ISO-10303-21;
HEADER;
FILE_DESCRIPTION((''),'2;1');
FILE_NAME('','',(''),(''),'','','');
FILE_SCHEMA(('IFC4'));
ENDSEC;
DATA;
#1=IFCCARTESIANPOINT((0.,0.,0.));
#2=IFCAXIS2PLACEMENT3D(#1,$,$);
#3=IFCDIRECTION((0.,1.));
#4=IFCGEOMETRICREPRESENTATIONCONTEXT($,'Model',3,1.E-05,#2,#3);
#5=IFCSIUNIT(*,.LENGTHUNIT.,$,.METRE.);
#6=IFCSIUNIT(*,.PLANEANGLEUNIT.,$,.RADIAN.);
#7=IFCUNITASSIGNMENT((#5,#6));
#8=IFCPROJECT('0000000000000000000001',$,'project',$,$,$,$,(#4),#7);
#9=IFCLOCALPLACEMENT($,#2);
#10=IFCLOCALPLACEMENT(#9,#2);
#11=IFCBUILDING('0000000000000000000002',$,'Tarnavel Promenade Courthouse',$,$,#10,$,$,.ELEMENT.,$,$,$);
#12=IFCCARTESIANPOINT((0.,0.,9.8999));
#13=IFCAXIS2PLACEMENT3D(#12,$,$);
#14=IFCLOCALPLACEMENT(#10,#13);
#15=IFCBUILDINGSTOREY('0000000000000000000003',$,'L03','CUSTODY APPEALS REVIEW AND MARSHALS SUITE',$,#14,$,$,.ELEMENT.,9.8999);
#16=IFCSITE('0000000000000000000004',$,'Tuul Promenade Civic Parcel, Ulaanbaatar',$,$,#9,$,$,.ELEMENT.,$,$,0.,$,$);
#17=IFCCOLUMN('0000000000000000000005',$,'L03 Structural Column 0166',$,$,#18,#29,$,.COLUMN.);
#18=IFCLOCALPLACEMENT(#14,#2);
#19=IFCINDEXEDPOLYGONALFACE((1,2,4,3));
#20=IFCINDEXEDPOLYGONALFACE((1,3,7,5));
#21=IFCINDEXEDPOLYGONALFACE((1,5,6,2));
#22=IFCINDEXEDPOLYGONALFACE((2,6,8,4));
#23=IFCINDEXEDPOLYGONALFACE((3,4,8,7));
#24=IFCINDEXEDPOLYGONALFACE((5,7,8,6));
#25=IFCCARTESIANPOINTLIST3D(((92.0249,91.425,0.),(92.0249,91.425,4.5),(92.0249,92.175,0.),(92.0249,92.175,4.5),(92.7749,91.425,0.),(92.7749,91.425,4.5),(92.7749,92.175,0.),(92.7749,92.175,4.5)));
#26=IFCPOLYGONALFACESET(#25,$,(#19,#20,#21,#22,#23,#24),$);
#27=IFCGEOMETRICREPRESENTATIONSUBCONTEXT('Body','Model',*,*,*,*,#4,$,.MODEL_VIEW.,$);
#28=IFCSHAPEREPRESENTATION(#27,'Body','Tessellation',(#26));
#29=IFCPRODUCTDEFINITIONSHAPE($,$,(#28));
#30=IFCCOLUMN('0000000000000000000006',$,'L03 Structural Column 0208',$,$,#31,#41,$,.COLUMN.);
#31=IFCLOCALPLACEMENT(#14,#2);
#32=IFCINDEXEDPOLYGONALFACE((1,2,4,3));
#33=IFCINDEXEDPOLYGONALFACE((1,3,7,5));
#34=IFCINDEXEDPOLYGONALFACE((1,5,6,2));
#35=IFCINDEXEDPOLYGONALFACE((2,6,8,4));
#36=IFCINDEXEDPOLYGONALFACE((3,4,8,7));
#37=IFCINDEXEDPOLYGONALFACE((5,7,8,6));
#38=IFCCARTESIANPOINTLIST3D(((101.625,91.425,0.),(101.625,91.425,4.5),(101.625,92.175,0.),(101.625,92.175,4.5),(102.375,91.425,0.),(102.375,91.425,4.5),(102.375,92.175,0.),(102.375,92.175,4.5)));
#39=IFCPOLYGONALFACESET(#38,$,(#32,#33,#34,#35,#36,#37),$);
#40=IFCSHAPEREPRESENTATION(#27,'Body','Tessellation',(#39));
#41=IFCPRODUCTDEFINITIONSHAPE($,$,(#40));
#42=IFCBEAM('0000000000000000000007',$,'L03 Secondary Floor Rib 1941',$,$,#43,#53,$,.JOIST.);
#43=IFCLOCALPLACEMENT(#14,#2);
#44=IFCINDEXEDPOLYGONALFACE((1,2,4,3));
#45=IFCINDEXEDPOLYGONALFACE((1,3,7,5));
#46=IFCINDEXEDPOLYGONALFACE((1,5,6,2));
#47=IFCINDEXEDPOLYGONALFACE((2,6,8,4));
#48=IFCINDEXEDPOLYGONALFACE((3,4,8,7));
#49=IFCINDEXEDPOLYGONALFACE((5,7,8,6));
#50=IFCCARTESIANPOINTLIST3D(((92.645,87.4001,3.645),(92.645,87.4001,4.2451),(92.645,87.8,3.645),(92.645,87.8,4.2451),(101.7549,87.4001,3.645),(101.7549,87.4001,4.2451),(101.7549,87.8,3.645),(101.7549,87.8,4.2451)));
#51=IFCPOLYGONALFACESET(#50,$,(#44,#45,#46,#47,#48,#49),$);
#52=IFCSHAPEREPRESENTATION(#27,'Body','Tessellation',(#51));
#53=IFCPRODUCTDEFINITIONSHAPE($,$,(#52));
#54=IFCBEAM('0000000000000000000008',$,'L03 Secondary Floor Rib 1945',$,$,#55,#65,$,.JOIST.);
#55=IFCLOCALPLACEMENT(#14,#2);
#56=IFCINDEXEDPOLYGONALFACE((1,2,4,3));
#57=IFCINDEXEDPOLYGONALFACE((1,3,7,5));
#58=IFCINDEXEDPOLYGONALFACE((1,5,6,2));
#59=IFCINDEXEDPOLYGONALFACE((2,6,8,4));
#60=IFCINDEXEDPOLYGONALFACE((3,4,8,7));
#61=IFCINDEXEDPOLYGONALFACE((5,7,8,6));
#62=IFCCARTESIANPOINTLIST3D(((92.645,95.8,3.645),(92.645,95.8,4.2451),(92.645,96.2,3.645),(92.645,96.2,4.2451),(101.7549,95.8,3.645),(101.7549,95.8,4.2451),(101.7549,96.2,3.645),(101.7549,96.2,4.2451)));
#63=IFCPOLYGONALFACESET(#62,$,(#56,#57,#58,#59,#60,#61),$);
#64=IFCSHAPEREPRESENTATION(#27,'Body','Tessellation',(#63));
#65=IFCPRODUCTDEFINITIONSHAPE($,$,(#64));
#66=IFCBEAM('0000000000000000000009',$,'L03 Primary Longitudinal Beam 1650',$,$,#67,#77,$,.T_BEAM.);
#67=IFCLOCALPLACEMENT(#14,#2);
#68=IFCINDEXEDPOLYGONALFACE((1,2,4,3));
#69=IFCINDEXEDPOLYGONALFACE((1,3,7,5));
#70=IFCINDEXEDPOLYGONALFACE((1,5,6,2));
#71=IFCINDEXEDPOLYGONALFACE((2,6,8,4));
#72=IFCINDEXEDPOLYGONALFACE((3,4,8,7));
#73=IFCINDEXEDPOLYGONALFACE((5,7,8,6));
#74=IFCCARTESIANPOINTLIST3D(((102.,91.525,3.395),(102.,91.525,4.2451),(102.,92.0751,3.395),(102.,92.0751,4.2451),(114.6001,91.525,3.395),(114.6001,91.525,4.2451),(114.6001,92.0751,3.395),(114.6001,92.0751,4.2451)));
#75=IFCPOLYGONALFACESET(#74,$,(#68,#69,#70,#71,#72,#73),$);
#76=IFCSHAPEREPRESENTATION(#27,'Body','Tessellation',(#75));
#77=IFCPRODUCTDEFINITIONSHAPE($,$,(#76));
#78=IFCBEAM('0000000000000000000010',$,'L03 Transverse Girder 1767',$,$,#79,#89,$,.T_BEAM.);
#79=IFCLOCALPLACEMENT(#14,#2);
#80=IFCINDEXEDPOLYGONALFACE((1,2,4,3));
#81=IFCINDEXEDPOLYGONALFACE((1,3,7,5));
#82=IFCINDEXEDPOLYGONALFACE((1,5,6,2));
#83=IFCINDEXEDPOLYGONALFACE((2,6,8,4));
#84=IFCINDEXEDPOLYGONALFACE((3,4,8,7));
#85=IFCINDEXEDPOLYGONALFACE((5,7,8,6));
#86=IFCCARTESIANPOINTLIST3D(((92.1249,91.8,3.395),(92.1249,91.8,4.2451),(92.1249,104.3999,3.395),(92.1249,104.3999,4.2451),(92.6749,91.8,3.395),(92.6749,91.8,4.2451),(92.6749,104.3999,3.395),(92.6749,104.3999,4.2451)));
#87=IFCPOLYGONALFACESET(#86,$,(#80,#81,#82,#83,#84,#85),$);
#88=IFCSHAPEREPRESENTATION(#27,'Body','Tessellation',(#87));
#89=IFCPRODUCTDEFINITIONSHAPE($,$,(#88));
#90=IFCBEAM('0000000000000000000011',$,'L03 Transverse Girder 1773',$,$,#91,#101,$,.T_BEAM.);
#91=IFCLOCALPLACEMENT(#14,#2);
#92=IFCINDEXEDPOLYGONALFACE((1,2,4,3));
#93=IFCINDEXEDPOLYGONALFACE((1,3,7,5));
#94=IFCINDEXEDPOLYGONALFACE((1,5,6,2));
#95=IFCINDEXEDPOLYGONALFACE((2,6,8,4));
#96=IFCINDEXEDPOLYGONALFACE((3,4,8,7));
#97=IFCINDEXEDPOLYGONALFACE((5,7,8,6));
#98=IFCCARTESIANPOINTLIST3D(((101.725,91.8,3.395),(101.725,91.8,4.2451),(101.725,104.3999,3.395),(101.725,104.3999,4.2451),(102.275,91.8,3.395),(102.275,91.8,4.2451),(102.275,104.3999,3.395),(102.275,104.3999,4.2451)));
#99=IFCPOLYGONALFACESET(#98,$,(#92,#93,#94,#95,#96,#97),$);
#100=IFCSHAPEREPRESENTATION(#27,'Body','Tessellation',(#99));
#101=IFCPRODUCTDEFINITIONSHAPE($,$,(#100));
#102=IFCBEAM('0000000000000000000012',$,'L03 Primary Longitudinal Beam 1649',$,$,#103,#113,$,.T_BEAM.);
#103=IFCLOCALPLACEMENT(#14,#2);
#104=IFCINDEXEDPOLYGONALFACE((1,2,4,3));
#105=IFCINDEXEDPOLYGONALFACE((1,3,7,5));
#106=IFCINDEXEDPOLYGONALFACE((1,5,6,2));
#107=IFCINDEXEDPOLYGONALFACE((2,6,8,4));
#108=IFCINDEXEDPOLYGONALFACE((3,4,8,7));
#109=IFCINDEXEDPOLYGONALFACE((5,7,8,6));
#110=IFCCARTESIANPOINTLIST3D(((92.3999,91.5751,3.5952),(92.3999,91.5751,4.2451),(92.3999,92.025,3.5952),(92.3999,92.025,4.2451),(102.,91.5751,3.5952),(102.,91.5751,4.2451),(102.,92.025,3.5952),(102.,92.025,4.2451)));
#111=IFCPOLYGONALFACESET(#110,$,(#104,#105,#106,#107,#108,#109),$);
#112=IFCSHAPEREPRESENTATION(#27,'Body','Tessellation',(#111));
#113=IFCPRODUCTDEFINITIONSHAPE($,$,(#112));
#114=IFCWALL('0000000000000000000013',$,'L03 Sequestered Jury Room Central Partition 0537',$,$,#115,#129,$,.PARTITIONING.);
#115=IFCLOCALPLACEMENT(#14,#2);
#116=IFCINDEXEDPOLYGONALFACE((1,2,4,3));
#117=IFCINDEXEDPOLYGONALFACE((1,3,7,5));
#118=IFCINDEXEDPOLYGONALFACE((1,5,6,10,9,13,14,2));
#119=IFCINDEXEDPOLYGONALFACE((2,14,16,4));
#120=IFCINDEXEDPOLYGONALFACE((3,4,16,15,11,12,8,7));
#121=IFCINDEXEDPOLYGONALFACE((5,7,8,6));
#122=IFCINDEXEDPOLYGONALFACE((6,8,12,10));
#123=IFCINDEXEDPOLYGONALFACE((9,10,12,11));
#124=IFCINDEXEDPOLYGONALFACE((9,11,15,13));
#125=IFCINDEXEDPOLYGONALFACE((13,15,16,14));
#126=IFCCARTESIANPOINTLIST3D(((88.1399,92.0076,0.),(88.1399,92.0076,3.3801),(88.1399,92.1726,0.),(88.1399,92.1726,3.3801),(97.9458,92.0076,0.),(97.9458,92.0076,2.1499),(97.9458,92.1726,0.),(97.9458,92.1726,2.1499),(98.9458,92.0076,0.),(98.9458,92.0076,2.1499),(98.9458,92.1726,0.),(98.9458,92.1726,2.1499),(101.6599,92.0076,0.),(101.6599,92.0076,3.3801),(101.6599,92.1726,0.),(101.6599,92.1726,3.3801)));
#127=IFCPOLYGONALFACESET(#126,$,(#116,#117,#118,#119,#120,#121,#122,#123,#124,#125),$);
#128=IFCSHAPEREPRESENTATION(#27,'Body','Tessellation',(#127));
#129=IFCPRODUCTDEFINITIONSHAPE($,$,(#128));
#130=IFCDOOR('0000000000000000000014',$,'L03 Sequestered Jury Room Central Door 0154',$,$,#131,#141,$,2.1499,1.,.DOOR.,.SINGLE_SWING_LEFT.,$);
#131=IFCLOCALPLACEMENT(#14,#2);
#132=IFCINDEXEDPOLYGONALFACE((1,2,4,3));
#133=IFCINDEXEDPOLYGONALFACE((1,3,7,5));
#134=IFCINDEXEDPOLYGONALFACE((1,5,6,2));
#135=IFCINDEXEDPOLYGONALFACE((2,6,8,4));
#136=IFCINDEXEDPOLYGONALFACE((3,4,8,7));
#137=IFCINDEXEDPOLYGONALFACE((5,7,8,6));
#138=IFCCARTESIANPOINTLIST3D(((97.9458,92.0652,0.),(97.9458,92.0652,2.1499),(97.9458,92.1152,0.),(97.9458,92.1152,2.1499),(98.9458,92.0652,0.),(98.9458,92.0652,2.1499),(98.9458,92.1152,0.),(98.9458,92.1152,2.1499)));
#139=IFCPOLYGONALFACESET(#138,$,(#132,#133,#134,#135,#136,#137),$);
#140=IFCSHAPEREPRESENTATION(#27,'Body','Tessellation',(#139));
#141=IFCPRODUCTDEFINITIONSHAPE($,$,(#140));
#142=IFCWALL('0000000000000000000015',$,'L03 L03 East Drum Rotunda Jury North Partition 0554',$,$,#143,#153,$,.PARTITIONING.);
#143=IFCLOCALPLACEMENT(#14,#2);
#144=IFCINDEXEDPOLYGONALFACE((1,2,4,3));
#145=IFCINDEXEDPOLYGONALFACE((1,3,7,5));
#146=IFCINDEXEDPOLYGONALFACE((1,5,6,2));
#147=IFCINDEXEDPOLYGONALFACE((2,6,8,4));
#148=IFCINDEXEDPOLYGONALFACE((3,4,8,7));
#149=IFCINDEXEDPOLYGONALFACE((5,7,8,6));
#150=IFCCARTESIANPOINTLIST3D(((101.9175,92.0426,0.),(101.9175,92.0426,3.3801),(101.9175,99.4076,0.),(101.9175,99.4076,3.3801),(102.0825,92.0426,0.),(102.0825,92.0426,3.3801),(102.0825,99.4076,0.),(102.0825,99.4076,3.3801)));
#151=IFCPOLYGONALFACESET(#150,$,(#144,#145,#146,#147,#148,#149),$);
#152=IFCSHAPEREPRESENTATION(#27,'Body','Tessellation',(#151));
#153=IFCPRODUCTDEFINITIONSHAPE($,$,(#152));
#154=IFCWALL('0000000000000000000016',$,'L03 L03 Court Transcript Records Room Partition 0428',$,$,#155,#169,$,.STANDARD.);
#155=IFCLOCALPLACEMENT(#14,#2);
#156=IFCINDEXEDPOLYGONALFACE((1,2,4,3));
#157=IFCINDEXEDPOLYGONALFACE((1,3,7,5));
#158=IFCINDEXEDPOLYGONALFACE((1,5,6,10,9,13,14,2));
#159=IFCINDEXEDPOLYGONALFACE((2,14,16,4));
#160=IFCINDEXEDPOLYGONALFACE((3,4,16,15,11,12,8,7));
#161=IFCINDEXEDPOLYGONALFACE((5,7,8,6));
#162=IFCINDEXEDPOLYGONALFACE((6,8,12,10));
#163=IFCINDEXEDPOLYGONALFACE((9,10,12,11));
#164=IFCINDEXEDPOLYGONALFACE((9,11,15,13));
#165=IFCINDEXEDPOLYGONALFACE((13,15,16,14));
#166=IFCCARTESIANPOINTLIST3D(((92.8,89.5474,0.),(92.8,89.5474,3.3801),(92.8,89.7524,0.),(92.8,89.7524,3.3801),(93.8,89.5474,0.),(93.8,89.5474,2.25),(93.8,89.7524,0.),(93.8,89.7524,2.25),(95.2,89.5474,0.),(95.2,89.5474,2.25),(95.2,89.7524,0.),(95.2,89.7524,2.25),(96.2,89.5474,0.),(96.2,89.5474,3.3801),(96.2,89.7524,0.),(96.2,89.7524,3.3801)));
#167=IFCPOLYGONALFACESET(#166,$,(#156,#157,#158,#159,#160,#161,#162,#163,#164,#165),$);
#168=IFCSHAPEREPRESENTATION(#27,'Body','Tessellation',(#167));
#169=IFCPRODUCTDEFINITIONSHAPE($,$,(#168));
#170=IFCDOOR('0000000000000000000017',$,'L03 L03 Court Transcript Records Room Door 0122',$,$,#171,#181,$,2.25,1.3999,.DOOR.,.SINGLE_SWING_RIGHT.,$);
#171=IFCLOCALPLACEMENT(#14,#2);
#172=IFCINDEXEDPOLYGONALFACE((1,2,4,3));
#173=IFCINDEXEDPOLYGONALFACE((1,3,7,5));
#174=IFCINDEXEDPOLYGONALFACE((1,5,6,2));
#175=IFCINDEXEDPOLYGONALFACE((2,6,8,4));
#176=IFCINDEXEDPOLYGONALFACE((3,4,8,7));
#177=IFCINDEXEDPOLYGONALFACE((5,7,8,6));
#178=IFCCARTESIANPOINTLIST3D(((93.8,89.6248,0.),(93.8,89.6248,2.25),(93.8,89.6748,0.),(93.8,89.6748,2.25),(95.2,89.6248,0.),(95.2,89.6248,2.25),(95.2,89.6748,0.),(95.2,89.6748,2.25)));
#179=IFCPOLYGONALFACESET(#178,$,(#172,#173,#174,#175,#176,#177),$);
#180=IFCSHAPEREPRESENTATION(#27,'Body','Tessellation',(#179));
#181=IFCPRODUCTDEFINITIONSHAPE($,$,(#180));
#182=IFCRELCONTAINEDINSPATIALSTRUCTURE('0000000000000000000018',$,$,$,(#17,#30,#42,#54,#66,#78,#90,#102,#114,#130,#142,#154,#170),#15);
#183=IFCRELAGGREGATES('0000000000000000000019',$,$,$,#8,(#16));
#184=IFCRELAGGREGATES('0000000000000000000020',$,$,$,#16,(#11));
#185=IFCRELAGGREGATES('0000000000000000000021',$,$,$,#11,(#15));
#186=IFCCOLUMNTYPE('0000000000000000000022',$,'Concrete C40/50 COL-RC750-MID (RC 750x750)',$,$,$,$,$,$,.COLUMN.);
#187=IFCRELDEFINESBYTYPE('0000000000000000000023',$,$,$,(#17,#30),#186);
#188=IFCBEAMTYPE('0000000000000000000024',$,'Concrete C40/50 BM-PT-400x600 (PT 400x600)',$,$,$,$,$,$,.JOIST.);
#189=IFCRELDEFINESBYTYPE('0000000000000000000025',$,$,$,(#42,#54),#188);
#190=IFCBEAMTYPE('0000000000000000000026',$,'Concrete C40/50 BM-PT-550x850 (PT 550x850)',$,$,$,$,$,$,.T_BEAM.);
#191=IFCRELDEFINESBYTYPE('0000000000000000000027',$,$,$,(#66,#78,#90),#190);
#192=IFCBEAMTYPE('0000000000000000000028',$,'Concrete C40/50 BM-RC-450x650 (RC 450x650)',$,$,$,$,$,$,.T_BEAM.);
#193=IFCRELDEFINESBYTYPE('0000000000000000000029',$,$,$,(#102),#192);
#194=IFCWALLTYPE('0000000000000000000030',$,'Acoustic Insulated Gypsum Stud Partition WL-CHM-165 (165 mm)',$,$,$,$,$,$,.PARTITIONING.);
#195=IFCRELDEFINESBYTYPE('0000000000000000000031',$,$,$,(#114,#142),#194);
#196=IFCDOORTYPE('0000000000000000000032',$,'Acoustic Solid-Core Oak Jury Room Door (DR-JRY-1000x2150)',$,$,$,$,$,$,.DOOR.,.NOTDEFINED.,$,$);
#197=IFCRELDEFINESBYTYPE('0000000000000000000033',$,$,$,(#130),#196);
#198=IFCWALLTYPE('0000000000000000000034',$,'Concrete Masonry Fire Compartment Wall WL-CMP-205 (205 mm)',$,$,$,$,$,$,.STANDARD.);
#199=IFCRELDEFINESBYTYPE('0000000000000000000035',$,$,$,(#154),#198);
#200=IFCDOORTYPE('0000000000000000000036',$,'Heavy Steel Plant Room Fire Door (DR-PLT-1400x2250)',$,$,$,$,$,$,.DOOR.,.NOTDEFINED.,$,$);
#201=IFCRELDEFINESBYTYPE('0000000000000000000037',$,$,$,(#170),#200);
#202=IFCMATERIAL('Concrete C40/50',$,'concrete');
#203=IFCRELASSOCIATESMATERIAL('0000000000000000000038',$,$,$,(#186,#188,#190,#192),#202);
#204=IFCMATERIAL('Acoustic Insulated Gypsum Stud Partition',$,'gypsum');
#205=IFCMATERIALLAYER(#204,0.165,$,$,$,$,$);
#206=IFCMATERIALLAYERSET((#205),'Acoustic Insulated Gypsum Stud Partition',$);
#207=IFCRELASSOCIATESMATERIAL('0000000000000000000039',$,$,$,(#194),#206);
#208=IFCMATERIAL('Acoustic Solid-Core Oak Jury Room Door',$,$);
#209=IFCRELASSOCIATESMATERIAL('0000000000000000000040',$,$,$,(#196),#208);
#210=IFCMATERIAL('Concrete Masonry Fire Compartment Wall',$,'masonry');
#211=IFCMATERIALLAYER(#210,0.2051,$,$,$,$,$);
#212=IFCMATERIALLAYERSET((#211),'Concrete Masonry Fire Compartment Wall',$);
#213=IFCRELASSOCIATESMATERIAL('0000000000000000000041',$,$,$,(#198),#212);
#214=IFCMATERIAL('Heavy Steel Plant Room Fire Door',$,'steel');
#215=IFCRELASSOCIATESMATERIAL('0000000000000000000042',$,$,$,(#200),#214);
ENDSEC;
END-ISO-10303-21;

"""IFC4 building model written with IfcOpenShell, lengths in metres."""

from ifc_helpers import new_model, si_unit, direction, frame, frame_2d, origin, origin_2d, place, context, subcontext, project, spatial, rectangle, extrude, material, layer, layer_set, material_profile, profile_set, type_object, element, fill, save


model = new_model("IFC4")

# Units and contexts
model_context = context("Model", 3, precision=1e-05, world=origin(), true_north=direction((0.0, 1.0)))
body_context = subcontext(model_context, "Body", "Model", "MODEL_VIEW")
ifc_project = project(units=[si_unit("LENGTHUNIT", "METRE"), si_unit("PLANEANGLEUNIT", "RADIAN")], contexts=[model_context])

# Site, building, storey
site_placement = place(None, origin())
site = spatial("IfcSite", under=ifc_project, at=site_placement, Name="Tuul Promenade Civic Parcel, Ulaanbaatar", CompositionType="ELEMENT", RefElevation=0.0)
building_placement = place(site_placement, origin())
building = spatial("IfcBuilding", under=site, at=building_placement, Name="Tarnavel Promenade Courthouse", CompositionType="ELEMENT")
storey_placement = place(building_placement, frame((0.0, 0.0, 9.8999)))
storey = spatial("IfcBuildingStorey", under=building, at=storey_placement, Name="L03", Description="CUSTODY APPEALS REVIEW AND MARSHALS SUITE", CompositionType="ELEMENT", Elevation=9.8999)

# Columns
ifc_material_1 = material(Name="Concrete C40/50", Category="concrete")
ifc_material_profile_1 = material_profile(ifc_material_1, rectangle(XDim=0.75, YDim=0.75, at=origin_2d()), Name="RC 750x750")
ifc_profile_set_1 = profile_set([ifc_material_profile_1], Name="Concrete C40/50")
column_type = type_object("IfcColumnType", Name="Concrete C40/50 COL-RC750-MID (RC 750x750)", PredefinedType="COLUMN", material=ifc_profile_set_1)
for number, where, z_axis, x_axis, name in (
    (1, (92.3999, 91.8, 0.0), (0.0, 0.0, 1.0), (1.0, 0.0, 0.0), "L03 Structural Column 0166"),
    (2, (102.0, 91.8, 0.0), (0.0, 0.0, 1.0), (1.0, 0.0, 0.0), "L03 Structural Column 0208"),
):
    element("IfcColumn", number, at=place(storey_placement, frame(where, z_axis=z_axis, x_axis=x_axis)), inside=storey, type_object=column_type, Name=name, PredefinedType="COLUMN", context=body_context, shape_type="SweptSolid", body=[
        extrude(rectangle(XDim=0.75, YDim=0.75, at=origin_2d()), origin(), (0.0, 0.0, 1.0), 4.5),
    ])

# Beams
ifc_material_profile_2 = material_profile(ifc_material_1, rectangle(XDim=0.3999, YDim=0.6001, at=origin_2d()), Name="PT 400x600")
ifc_profile_set_2 = profile_set([ifc_material_profile_2], Name="Concrete C40/50")
beam_type_1 = type_object("IfcBeamType", Name="Concrete C40/50 BM-PT-400x600 (PT 400x600)", PredefinedType="JOIST", material=ifc_profile_set_2)
for number, where, z_axis, x_axis, name in (
    (3, (92.645, 87.6001, 3.9451), (1.0, 0.0, 0.0), (0.0, 1.0, 0.0), "L03 Secondary Floor Rib 1941"),
    (4, (92.645, 96.0, 3.9451), (1.0, 0.0, 0.0), (0.0, 1.0, 0.0), "L03 Secondary Floor Rib 1945"),
):
    element("IfcBeam", number, at=place(storey_placement, frame(where, z_axis=z_axis, x_axis=x_axis)), inside=storey, type_object=beam_type_1, Name=name, PredefinedType="JOIST", context=body_context, shape_type="SweptSolid", body=[
        extrude(rectangle(XDim=0.3999, YDim=0.6001, at=origin_2d()), origin(), (0.0, 0.0, 1.0), 9.1099),
    ])
ifc_material_profile_3 = material_profile(ifc_material_1, rectangle(XDim=0.55, YDim=0.8501, at=origin_2d()), Name="PT 550x850")
ifc_profile_set_3 = profile_set([ifc_material_profile_3], Name="Concrete C40/50")
beam_type_2 = type_object("IfcBeamType", Name="Concrete C40/50 BM-PT-550x850 (PT 550x850)", PredefinedType="T_BEAM", material=ifc_profile_set_3)
beam_1_placement = place(storey_placement, frame((102.0, 91.8, 3.8201), z_axis=(1.0, 0.0, 0.0), x_axis=(0.0, 1.0, 0.0)))
element("IfcBeam", 5, at=beam_1_placement, inside=storey, type_object=beam_type_2, Name="L03 Primary Longitudinal Beam 1650", PredefinedType="T_BEAM", context=body_context, shape_type="SweptSolid", body=[
    extrude(rectangle(XDim=0.55, YDim=0.8501, at=origin_2d()), origin(), (0.0, 0.0, 1.0), 12.6001),
])
for number, where, z_axis, x_axis, name in (
    (6, (92.3999, 91.8, 3.8201), (0.0, 1.0, 0.0), (-1.0, 0.0, 0.0), "L03 Transverse Girder 1767"),
    (7, (102.0, 91.8, 3.8201), (0.0, 1.0, 0.0), (-1.0, 0.0, 0.0), "L03 Transverse Girder 1773"),
):
    element("IfcBeam", number, at=place(storey_placement, frame(where, z_axis=z_axis, x_axis=x_axis)), inside=storey, type_object=beam_type_2, Name=name, PredefinedType="T_BEAM", context=body_context, shape_type="SweptSolid", body=[
        extrude(rectangle(XDim=0.55, YDim=0.8501, at=origin_2d()), origin(), (0.0, 0.0, 1.0), 12.5999),
    ])
ifc_material_profile_4 = material_profile(ifc_material_1, rectangle(XDim=0.45, YDim=0.6499, at=origin_2d()), Name="RC 450x650")
ifc_profile_set_4 = profile_set([ifc_material_profile_4], Name="Concrete C40/50")
beam_type_3 = type_object("IfcBeamType", Name="Concrete C40/50 BM-RC-450x650 (RC 450x650)", PredefinedType="T_BEAM", material=ifc_profile_set_4)
beam_2_placement = place(storey_placement, frame((92.3999, 91.8, 3.9202), z_axis=(1.0, 0.0, 0.0), x_axis=(0.0, 1.0, 0.0)))
element("IfcBeam", 8, at=beam_2_placement, inside=storey, type_object=beam_type_3, Name="L03 Primary Longitudinal Beam 1649", PredefinedType="T_BEAM", context=body_context, shape_type="SweptSolid", body=[
    extrude(rectangle(XDim=0.45, YDim=0.6499, at=origin_2d()), origin(), (0.0, 0.0, 1.0), 9.6001),
])

# Wall, opening, door
ifc_material_2 = material(Name="Acoustic Insulated Gypsum Stud Partition", Category="gypsum")
ifc_layer_1 = layer(ifc_material_2, 0.165)
ifc_layer_set_1 = layer_set([ifc_layer_1], Name="Acoustic Insulated Gypsum Stud Partition")
wall_type_1 = type_object("IfcWallType", Name="Acoustic Insulated Gypsum Stud Partition WL-CHM-165 (165 mm)", PredefinedType="PARTITIONING", material=ifc_layer_set_1)
wall_1_placement = place(storey_placement, frame((101.6599, 92.0901, 0.0), z_axis=(0.0, 0.0, 1.0), x_axis=(-1.0, 0.0, 0.0)))
wall_1 = element("IfcWall", 9, at=wall_1_placement, inside=storey, type_object=wall_type_1, Name="L03 Sequestered Jury Room Central Partition 0537", PredefinedType="PARTITIONING", context=body_context, shape_type="SweptSolid", body=[
    extrude(rectangle(XDim=13.52, YDim=0.165, at=frame_2d((6.76, 0.0))), origin(), (0.0, 0.0, 1.0), 3.3801),
])
opening_1_placement = place(wall_1_placement, frame((2.7141, 0.0, 0.0)))
opening_1 = element("IfcOpeningElement", 10, at=opening_1_placement, cuts=wall_1, PredefinedType="OPENING", context=body_context, shape_type="SweptSolid", body=[
    extrude(rectangle(XDim=1.0, YDim=2.1499, at=frame_2d((0.5, 1.075))), frame((0.0, 0.0925, 0.0), z_axis=(0.0, -1.0, 0.0), x_axis=(1.0, 0.0, 0.0)), (0.0, 0.0, 1.0), 0.1851),
])
ifc_material_3 = material(Name="Acoustic Solid-Core Oak Jury Room Door")
door_type_1 = type_object("IfcDoorType", Name="Acoustic Solid-Core Oak Jury Room Door (DR-JRY-1000x2150)", OperationType="NOTDEFINED", PredefinedType="DOOR", material=ifc_material_3)
door_1_placement = place(opening_1_placement, origin())
door_1 = element("IfcDoor", 11, at=door_1_placement, inside=storey, type_object=door_type_1, Name="L03 Sequestered Jury Room Central Door 0154", OperationType="SINGLE_SWING_LEFT", OverallHeight=2.1499, OverallWidth=1.0, PredefinedType="DOOR", context=body_context, shape_type="SweptSolid", body=[
    extrude(rectangle(XDim=1.0, YDim=2.1499, at=frame_2d((0.5, 1.075))), frame((0.0, 0.0249, 0.0), z_axis=(0.0, -1.0, 0.0), x_axis=(1.0, 0.0, 0.0)), (0.0, 0.0, 1.0), 0.05),
])
fill(opening_1, door_1)

# Wall
wall_2_placement = place(storey_placement, frame((102.0, 92.0425, 0.0), z_axis=(0.0, 0.0, 1.0), x_axis=(0.0, 1.0, 0.0)))
element("IfcWall", 12, at=wall_2_placement, inside=storey, type_object=wall_type_1, Name="L03 L03 East Drum Rotunda Jury North Partition 0554", PredefinedType="PARTITIONING", context=body_context, shape_type="SweptSolid", body=[
    extrude(rectangle(XDim=7.365, YDim=0.165, at=frame_2d((3.6826, 0.0))), origin(), (0.0, 0.0, 1.0), 3.3801),
])

# Wall, opening, door
ifc_material_4 = material(Name="Concrete Masonry Fire Compartment Wall", Category="masonry")
ifc_layer_2 = layer(ifc_material_4, 0.2051)
ifc_layer_set_2 = layer_set([ifc_layer_2], Name="Concrete Masonry Fire Compartment Wall")
wall_type_2 = type_object("IfcWallType", Name="Concrete Masonry Fire Compartment Wall WL-CMP-205 (205 mm)", PredefinedType="STANDARD", material=ifc_layer_set_2)
wall_3_placement = place(storey_placement, frame((92.8, 89.6499, 0.0), z_axis=(0.0, 0.0, 1.0), x_axis=(1.0, 0.0, 0.0)))
wall_3 = element("IfcWall", 13, at=wall_3_placement, inside=storey, type_object=wall_type_2, Name="L03 L03 Court Transcript Records Room Partition 0428", PredefinedType="STANDARD", context=body_context, shape_type="SweptSolid", body=[
    extrude(rectangle(XDim=3.3999, YDim=0.2051, at=frame_2d((1.7, 0.0))), origin(), (0.0, 0.0, 1.0), 3.3801),
])
opening_2_placement = place(wall_3_placement, frame((1.0, 0.0, 0.0)))
opening_2 = element("IfcOpeningElement", 14, at=opening_2_placement, cuts=wall_3, PredefinedType="OPENING", context=body_context, shape_type="SweptSolid", body=[
    extrude(rectangle(XDim=1.3999, YDim=2.25, at=frame_2d((0.7, 1.125))), frame((0.0, 0.1125, 0.0), z_axis=(0.0, -1.0, 0.0), x_axis=(1.0, 0.0, 0.0)), (0.0, 0.0, 1.0), 0.2251),
])
ifc_material_5 = material(Name="Heavy Steel Plant Room Fire Door", Category="steel")
door_type_2 = type_object("IfcDoorType", Name="Heavy Steel Plant Room Fire Door (DR-PLT-1400x2250)", OperationType="NOTDEFINED", PredefinedType="DOOR", material=ifc_material_5)
door_2_placement = place(opening_2_placement, origin())
door_2 = element("IfcDoor", 15, at=door_2_placement, inside=storey, type_object=door_type_2, Name="L03 L03 Court Transcript Records Room Door 0122", OperationType="SINGLE_SWING_RIGHT", OverallHeight=2.25, OverallWidth=1.3999, PredefinedType="DOOR", context=body_context, shape_type="SweptSolid", body=[
    extrude(rectangle(XDim=1.3999, YDim=2.25, at=frame_2d((0.7, 1.125))), frame((0.0, 0.0249, 0.0), z_axis=(0.0, -1.0, 0.0), x_axis=(1.0, 0.0, 0.0)), (0.0, 0.0, 1.0), 0.05),
])
fill(opening_2, door_2)

save(model, "model.ifc")
